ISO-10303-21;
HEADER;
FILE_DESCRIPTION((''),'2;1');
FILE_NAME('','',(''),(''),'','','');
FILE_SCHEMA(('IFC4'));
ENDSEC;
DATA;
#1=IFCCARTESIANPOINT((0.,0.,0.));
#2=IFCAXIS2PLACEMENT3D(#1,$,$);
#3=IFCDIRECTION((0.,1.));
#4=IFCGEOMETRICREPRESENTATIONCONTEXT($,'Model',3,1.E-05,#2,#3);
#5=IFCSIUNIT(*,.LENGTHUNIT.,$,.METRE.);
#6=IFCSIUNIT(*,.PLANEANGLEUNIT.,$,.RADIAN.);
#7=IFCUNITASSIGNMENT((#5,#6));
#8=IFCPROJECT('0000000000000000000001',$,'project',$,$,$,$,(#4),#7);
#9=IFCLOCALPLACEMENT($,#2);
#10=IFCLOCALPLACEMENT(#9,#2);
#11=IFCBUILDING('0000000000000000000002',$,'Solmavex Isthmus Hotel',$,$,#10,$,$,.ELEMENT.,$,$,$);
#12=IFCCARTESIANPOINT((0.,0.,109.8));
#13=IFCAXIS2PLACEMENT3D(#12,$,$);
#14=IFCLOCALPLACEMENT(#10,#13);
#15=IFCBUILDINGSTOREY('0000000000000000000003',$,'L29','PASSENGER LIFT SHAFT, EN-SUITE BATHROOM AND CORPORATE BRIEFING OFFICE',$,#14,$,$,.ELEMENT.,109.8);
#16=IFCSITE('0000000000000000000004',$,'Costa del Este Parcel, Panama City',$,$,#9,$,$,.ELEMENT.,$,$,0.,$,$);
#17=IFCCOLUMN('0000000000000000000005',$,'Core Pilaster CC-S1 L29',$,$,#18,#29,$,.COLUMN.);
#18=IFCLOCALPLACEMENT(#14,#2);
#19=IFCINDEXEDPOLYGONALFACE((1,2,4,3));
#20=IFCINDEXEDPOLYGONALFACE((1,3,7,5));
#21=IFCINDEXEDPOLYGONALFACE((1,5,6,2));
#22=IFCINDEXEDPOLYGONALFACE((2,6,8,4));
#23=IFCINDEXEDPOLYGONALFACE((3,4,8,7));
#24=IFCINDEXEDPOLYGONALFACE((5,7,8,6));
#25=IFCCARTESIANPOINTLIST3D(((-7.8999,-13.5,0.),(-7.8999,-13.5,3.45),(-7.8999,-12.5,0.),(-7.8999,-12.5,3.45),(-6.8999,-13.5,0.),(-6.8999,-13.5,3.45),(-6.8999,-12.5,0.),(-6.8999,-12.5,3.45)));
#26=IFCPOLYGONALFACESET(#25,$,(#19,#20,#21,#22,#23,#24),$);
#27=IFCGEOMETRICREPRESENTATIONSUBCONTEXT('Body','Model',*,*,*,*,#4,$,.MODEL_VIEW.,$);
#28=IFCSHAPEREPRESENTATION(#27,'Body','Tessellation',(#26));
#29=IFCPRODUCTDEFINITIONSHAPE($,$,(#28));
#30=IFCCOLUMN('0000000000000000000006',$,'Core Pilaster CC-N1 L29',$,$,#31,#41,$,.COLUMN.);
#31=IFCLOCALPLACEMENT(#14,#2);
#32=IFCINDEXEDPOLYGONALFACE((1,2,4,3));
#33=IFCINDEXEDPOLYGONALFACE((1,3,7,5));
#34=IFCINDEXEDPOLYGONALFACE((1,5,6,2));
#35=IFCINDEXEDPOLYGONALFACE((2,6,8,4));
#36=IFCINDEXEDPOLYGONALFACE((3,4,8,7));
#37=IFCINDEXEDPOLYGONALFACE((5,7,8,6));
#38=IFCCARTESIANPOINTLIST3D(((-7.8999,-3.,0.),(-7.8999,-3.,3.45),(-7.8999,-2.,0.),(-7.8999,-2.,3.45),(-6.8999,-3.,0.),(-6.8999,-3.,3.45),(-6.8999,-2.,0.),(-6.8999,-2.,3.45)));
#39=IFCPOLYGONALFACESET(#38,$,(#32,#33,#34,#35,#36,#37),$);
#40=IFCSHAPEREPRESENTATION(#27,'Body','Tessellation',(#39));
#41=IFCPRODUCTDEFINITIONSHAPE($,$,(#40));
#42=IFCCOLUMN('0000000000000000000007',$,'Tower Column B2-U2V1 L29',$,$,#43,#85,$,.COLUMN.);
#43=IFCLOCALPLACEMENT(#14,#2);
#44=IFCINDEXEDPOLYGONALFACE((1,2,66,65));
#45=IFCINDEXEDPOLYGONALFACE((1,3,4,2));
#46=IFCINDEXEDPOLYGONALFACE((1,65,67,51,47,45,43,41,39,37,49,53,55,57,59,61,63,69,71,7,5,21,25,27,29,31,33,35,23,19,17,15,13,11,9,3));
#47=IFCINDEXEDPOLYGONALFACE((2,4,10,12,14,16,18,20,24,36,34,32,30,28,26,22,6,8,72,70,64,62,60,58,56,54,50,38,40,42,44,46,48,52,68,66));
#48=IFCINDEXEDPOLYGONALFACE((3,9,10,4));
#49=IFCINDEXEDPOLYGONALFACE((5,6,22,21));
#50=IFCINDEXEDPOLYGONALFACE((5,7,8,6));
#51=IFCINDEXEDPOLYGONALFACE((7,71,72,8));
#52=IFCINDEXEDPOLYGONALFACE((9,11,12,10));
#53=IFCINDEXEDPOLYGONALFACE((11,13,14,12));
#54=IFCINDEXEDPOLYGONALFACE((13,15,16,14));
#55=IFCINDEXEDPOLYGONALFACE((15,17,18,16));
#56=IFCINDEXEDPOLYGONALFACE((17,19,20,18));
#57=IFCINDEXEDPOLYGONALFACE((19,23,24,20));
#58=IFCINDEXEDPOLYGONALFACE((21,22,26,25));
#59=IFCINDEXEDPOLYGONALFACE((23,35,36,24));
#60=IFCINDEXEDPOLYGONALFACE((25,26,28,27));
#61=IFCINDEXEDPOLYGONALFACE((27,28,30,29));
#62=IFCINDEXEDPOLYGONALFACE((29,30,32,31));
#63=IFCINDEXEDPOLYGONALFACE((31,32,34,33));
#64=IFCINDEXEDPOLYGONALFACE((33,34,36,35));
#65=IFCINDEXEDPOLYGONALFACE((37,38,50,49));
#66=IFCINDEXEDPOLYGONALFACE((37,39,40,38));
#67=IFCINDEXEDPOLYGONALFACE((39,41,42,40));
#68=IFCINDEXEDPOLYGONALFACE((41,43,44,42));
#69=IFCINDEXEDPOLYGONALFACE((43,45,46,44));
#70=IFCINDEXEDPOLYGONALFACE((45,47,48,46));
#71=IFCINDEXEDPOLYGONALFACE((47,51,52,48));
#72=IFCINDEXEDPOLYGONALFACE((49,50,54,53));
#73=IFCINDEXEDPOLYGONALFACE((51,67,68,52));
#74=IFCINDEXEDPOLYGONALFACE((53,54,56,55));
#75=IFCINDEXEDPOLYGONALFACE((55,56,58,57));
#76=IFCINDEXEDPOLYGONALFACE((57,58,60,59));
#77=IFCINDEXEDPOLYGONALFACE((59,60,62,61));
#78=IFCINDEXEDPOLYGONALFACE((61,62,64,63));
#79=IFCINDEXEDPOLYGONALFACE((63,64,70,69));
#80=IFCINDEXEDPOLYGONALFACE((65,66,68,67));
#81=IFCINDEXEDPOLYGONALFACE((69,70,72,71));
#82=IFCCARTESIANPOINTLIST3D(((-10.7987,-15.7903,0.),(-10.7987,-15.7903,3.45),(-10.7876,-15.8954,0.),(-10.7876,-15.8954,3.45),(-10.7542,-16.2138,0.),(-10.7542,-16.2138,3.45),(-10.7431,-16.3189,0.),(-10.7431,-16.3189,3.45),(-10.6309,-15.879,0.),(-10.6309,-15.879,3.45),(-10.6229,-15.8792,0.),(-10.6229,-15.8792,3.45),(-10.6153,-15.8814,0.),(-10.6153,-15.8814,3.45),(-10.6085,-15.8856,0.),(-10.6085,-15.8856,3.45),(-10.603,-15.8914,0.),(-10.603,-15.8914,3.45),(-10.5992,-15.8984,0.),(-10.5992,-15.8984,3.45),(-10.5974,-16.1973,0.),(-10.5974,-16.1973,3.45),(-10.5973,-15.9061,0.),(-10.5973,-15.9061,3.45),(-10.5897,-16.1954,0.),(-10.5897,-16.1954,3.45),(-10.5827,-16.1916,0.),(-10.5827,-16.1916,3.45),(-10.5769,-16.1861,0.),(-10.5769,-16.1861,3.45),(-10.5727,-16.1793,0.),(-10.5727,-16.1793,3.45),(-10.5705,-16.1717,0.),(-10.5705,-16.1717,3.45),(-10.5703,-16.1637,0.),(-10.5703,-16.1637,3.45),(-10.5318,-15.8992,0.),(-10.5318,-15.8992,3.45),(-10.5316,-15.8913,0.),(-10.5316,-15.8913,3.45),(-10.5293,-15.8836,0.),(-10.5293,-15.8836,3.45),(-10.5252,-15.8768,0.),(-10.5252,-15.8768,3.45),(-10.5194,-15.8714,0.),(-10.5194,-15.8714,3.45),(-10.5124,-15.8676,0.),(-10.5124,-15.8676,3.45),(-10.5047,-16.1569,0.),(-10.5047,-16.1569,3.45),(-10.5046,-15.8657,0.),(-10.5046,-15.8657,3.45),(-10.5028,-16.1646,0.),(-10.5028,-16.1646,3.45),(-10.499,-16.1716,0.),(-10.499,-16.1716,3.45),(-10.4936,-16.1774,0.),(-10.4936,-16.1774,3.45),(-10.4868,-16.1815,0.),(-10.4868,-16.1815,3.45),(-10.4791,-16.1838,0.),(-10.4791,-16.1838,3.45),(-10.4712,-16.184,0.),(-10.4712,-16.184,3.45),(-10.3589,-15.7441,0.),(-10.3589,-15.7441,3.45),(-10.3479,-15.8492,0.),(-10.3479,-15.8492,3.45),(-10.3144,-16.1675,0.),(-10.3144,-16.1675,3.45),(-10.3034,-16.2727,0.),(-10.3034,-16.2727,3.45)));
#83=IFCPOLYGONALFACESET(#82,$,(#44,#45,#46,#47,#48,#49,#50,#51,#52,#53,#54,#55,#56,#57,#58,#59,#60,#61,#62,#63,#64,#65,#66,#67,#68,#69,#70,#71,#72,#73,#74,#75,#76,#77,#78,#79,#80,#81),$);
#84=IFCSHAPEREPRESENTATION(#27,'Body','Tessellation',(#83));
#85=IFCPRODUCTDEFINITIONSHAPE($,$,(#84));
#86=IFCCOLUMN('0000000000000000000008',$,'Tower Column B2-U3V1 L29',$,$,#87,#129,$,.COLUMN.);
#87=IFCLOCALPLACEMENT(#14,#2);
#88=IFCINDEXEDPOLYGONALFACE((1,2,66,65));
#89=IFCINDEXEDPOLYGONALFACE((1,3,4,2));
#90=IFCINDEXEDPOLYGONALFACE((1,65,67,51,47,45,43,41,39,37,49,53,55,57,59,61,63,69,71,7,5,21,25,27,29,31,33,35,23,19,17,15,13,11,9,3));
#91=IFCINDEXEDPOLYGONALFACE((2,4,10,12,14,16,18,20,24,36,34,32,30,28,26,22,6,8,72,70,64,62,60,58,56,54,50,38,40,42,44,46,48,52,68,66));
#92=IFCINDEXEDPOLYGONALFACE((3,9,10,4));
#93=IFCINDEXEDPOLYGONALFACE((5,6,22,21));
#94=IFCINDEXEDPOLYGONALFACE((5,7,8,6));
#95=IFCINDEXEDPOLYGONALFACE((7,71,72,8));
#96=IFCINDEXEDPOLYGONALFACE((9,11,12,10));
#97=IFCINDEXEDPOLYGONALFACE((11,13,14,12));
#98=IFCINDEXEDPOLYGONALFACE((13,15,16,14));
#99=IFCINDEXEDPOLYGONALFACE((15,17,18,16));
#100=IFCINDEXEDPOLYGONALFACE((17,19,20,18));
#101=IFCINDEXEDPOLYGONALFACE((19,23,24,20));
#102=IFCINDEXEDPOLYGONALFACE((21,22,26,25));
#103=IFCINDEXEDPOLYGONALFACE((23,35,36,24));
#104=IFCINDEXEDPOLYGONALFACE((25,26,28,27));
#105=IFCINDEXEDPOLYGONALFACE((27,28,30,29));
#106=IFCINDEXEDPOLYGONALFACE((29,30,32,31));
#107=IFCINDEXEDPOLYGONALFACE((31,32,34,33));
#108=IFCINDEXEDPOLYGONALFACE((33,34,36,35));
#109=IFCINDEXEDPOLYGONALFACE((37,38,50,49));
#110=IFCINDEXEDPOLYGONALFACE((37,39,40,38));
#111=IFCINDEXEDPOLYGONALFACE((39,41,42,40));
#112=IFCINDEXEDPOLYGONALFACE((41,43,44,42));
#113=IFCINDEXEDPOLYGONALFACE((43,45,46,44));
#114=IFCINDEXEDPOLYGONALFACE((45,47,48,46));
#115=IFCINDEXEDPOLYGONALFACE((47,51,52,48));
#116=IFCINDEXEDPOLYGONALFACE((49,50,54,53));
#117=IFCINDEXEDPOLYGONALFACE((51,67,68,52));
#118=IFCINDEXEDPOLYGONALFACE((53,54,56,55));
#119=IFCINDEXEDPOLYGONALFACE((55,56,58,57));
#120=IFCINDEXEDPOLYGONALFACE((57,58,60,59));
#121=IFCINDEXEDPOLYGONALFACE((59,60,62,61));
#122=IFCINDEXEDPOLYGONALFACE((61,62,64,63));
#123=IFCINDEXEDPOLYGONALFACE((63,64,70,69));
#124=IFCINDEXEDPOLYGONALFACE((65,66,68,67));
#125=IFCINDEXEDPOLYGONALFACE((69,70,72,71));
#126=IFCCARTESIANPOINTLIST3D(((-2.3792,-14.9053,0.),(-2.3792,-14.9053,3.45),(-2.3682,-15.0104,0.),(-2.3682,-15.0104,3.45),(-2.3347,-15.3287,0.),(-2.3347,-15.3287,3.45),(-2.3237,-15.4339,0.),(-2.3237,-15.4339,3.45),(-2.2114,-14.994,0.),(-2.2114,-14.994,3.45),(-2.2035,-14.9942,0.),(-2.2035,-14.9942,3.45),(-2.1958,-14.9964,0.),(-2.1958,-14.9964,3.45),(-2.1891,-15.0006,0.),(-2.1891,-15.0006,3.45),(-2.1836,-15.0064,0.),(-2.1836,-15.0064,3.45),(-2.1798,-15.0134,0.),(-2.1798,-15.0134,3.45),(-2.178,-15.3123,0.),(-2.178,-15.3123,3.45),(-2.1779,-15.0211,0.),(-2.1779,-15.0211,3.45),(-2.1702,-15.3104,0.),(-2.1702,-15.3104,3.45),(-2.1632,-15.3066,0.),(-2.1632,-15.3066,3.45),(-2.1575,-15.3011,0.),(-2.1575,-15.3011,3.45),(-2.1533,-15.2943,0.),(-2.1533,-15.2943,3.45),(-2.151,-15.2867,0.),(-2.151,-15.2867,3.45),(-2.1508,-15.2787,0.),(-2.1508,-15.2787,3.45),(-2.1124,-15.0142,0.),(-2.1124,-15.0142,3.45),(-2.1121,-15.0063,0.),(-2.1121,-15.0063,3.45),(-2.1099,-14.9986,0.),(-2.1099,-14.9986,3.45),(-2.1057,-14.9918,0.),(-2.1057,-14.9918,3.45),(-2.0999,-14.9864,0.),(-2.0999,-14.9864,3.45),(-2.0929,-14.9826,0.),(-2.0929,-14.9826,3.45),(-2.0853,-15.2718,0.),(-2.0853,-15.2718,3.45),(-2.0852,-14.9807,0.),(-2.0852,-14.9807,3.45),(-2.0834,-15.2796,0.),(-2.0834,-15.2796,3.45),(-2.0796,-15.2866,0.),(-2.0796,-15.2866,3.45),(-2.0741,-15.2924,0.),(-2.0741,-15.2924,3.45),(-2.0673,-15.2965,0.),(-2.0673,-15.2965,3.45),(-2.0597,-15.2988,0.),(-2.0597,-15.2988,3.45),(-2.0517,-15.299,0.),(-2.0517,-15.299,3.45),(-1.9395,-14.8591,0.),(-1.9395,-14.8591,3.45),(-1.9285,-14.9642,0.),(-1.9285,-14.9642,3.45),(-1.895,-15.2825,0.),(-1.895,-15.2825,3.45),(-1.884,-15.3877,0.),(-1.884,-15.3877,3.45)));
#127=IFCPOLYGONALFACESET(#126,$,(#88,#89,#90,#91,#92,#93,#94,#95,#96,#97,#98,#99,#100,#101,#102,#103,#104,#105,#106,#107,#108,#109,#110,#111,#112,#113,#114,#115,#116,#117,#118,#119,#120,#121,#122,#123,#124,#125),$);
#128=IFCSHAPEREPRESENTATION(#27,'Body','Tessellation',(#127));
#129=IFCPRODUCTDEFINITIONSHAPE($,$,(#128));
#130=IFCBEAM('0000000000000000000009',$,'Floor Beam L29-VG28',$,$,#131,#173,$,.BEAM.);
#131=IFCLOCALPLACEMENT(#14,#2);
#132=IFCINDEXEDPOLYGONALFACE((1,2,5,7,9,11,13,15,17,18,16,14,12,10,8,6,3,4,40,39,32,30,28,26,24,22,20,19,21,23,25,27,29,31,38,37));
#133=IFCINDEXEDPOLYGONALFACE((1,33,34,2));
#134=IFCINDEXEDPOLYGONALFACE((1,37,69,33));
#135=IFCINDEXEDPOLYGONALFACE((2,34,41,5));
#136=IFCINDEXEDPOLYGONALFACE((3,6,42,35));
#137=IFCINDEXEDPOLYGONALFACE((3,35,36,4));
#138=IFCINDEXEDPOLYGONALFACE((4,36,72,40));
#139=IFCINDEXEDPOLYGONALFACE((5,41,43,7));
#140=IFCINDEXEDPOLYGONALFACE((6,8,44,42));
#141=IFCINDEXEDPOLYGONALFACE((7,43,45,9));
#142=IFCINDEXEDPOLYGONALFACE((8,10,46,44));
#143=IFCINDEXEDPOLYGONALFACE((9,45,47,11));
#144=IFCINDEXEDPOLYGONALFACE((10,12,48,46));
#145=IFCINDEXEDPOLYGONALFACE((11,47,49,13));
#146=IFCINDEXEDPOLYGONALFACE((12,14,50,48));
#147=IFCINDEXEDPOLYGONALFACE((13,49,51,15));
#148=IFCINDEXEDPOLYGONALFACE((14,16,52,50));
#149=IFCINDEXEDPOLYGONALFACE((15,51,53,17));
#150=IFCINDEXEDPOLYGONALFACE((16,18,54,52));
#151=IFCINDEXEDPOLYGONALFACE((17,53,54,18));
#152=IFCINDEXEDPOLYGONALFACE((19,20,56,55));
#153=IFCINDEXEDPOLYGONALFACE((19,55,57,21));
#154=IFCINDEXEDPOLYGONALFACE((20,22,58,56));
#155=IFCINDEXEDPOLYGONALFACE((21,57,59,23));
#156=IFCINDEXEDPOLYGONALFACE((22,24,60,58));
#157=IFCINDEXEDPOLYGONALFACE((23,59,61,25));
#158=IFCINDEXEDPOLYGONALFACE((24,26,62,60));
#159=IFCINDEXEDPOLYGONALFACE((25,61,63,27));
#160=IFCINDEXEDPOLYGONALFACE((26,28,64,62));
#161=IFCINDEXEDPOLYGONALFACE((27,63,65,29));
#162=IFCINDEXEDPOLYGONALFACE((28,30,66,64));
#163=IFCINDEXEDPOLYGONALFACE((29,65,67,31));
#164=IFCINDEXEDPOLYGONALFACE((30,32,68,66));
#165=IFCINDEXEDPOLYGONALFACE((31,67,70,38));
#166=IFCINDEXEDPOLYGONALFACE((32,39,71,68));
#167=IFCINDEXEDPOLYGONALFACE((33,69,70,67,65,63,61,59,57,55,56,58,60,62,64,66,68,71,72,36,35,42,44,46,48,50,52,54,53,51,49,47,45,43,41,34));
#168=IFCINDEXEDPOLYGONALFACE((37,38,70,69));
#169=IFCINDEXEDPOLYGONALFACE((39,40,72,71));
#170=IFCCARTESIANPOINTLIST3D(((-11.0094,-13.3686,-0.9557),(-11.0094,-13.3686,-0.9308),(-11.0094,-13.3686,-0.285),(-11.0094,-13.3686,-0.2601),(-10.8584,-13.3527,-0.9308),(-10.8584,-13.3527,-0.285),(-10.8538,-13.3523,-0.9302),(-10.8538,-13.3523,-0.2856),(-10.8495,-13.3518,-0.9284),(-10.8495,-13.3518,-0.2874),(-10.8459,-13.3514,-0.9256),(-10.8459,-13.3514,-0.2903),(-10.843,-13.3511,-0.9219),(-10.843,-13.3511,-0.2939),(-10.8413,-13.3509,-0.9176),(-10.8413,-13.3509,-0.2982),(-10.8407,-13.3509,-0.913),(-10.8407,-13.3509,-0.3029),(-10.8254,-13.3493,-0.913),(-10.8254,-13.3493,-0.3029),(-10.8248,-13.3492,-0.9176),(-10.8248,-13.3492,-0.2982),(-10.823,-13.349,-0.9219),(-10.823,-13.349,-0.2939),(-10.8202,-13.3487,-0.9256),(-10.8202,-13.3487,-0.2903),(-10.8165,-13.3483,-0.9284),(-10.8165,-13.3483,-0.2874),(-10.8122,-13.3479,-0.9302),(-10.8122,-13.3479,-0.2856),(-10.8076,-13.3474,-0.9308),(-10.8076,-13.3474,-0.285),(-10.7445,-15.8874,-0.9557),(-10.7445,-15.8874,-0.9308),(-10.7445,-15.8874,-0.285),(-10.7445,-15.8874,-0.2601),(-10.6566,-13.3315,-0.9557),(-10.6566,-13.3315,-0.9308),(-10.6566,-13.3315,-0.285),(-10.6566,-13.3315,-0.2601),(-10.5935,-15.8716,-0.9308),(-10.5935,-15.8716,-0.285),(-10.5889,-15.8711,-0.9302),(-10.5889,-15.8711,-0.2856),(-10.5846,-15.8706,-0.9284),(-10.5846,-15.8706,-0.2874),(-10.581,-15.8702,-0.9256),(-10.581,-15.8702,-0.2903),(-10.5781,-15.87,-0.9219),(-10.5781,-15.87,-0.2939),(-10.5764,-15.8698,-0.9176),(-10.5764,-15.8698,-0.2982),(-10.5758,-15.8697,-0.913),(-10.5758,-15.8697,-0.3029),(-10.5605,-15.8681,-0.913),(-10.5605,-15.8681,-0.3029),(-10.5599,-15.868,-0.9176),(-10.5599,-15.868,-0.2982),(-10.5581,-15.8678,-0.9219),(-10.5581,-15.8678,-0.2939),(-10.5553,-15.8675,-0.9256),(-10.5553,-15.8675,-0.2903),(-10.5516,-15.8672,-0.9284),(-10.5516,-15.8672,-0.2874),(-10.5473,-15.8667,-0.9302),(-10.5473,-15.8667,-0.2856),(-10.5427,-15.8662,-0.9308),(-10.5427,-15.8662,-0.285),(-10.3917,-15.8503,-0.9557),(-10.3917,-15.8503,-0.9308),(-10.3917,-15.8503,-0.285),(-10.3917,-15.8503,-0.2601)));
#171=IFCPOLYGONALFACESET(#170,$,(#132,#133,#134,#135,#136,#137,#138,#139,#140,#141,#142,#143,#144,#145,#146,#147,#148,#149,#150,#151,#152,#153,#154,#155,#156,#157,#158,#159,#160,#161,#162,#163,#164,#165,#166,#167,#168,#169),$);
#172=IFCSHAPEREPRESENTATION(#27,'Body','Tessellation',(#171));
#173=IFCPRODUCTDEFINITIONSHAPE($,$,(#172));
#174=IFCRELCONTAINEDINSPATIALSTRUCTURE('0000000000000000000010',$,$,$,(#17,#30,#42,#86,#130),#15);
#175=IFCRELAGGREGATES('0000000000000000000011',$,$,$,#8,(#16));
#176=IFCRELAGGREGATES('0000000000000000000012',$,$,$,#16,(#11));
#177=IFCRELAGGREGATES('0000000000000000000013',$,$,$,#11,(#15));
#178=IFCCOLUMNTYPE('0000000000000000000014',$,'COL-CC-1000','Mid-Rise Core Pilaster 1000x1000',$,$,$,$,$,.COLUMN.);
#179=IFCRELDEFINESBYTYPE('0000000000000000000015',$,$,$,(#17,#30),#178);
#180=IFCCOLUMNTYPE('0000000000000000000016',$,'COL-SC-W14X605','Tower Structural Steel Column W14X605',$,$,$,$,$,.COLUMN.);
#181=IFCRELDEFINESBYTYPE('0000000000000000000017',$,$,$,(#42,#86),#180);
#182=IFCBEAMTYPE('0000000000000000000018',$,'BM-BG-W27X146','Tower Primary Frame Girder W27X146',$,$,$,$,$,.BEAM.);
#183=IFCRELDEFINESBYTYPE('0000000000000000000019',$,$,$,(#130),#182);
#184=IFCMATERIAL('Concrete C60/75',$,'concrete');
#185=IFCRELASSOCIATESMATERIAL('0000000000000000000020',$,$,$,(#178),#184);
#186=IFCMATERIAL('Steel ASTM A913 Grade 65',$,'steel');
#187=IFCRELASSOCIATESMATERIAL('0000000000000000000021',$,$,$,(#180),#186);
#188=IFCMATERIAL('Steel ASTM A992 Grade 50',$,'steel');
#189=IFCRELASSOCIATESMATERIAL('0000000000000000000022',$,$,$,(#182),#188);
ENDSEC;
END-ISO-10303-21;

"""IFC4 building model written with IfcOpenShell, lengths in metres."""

from ifc_helpers import new_model, si_unit, direction, frame, origin, origin_2d, place, context, subcontext, project, spatial, rectangle, i_section, extrude, material, material_profile, profile_set, type_object, element, save


model = new_model("IFC4")

# Units and contexts
model_context = context("Model", 3, precision=1e-05, world=origin(), true_north=direction((0.0, 1.0)))
body_context = subcontext(model_context, "Body", "Model", "MODEL_VIEW")
ifc_project = project(units=[si_unit("LENGTHUNIT", "METRE"), si_unit("PLANEANGLEUNIT", "RADIAN")], contexts=[model_context])

# Site, building, storey
site_placement = place(None, origin())
site = spatial("IfcSite", under=ifc_project, at=site_placement, Name="Costa del Este Parcel, Panama City", CompositionType="ELEMENT", RefElevation=0.0)
building_placement = place(site_placement, origin())
building = spatial("IfcBuilding", under=site, at=building_placement, Name="Solmavex Isthmus Hotel", CompositionType="ELEMENT")
storey_placement = place(building_placement, frame((0.0, 0.0, 109.8)))
storey = spatial("IfcBuildingStorey", under=building, at=storey_placement, Name="L29", Description="PASSENGER LIFT SHAFT, EN-SUITE BATHROOM AND CORPORATE BRIEFING OFFICE", CompositionType="ELEMENT", Elevation=109.8)

# Columns
ifc_material_1 = material(Name="Concrete C60/75", Category="concrete")
ifc_material_profile_1 = material_profile(ifc_material_1, rectangle(XDim=1.0, YDim=1.0, at=origin_2d()), Name="RC1000X1000")
ifc_profile_set_1 = profile_set([ifc_material_profile_1], Name="Concrete C60/75")
column_type_1 = type_object("IfcColumnType", Name="COL-CC-1000", Description="Mid-Rise Core Pilaster 1000x1000", PredefinedType="COLUMN", material=ifc_profile_set_1)
for number, where, z_axis, x_axis, name in (
    (1, (-7.3999, -13.0, 0.0), (0.0, 0.0, 1.0), (1.0, 0.0, 0.0), "Core Pilaster CC-S1 L29"),
    (2, (-7.3999, -2.5, 0.0), (0.0, 0.0, 1.0), (1.0, 0.0, 0.0), "Core Pilaster CC-N1 L29"),
):
    element("IfcColumn", number, at=place(storey_placement, frame(where, z_axis=z_axis, x_axis=x_axis)), inside=storey, type_object=column_type_1, Name=name, PredefinedType="COLUMN", context=body_context, shape_type="SweptSolid", body=[
        extrude(rectangle(XDim=1.0, YDim=1.0, at=origin_2d()), origin(), (0.0, 0.0, 1.0), 3.45),
    ])
ifc_material_2 = material(Name="Steel ASTM A913 Grade 65", Category="steel")
ifc_material_profile_2 = material_profile(ifc_material_2, i_section(OverallWidth=0.4421, OverallDepth=0.5315, WebThickness=0.0659, FlangeThickness=0.1057, FilletRadius=0.0305, at=origin_2d()), Name="W14X605")
ifc_profile_set_2 = profile_set([ifc_material_profile_2], Name="Steel ASTM A913 Grade 65")
column_type_2 = type_object("IfcColumnType", Name="COL-SC-W14X605", Description="Tower Structural Steel Column W14X605", PredefinedType="COLUMN", material=ifc_profile_set_2)
for number, where, z_axis, x_axis, name in (
    (3, (-10.551, -16.0315, 0.0), (0.0, 0.0, 1.0), (0.994522, 0.104528, 0.0), "Tower Column B2-U2V1 L29"),
    (4, (-2.1316, -15.1465, 0.0), (0.0, 0.0, 1.0), (0.994522, 0.104528, 0.0), "Tower Column B2-U3V1 L29"),
):
    element("IfcColumn", number, at=place(storey_placement, frame(where, z_axis=z_axis, x_axis=x_axis)), inside=storey, type_object=column_type_2, Name=name, PredefinedType="COLUMN", context=body_context, shape_type="SweptSolid", body=[
        extrude(i_section(OverallWidth=0.4421, OverallDepth=0.5315, WebThickness=0.0659, FlangeThickness=0.1057, FilletRadius=0.0305, at=origin_2d()), origin(), (0.0, 0.0, 1.0), 3.45),
    ])

# Beam
ifc_material_3 = material(Name="Steel ASTM A992 Grade 50", Category="steel")
ifc_material_profile_3 = material_profile(ifc_material_3, i_section(OverallWidth=0.3547, OverallDepth=0.6956, WebThickness=0.0154, FlangeThickness=0.0249, FilletRadius=0.0178, at=origin_2d()), Name="W27X146")
ifc_profile_set_3 = profile_set([ifc_material_profile_3], Name="Steel ASTM A992 Grade 50")
beam_type_1 = type_object("IfcBeamType", Name="BM-BG-W27X146", Description="Tower Primary Frame Girder W27X146", PredefinedType="BEAM", material=ifc_profile_set_3)
beam_1_placement = place(storey_placement, frame((-10.5681, -15.8689, -0.6079), z_axis=(-0.104589, 0.994515, 0.0), x_axis=(-0.994515, -0.104589, 0.0)))
element("IfcBeam", 5, at=beam_1_placement, inside=storey, type_object=beam_type_1, Name="Floor Beam L29-VG28", PredefinedType="BEAM", context=body_context, shape_type="SweptSolid", body=[
    extrude(i_section(OverallWidth=0.3547, OverallDepth=0.6956, WebThickness=0.0154, FlangeThickness=0.0249, FilletRadius=0.0178, at=origin_2d()), origin(), (0.0, 0.0, 1.0), 2.5327),
])

save(model, "model.ifc")
